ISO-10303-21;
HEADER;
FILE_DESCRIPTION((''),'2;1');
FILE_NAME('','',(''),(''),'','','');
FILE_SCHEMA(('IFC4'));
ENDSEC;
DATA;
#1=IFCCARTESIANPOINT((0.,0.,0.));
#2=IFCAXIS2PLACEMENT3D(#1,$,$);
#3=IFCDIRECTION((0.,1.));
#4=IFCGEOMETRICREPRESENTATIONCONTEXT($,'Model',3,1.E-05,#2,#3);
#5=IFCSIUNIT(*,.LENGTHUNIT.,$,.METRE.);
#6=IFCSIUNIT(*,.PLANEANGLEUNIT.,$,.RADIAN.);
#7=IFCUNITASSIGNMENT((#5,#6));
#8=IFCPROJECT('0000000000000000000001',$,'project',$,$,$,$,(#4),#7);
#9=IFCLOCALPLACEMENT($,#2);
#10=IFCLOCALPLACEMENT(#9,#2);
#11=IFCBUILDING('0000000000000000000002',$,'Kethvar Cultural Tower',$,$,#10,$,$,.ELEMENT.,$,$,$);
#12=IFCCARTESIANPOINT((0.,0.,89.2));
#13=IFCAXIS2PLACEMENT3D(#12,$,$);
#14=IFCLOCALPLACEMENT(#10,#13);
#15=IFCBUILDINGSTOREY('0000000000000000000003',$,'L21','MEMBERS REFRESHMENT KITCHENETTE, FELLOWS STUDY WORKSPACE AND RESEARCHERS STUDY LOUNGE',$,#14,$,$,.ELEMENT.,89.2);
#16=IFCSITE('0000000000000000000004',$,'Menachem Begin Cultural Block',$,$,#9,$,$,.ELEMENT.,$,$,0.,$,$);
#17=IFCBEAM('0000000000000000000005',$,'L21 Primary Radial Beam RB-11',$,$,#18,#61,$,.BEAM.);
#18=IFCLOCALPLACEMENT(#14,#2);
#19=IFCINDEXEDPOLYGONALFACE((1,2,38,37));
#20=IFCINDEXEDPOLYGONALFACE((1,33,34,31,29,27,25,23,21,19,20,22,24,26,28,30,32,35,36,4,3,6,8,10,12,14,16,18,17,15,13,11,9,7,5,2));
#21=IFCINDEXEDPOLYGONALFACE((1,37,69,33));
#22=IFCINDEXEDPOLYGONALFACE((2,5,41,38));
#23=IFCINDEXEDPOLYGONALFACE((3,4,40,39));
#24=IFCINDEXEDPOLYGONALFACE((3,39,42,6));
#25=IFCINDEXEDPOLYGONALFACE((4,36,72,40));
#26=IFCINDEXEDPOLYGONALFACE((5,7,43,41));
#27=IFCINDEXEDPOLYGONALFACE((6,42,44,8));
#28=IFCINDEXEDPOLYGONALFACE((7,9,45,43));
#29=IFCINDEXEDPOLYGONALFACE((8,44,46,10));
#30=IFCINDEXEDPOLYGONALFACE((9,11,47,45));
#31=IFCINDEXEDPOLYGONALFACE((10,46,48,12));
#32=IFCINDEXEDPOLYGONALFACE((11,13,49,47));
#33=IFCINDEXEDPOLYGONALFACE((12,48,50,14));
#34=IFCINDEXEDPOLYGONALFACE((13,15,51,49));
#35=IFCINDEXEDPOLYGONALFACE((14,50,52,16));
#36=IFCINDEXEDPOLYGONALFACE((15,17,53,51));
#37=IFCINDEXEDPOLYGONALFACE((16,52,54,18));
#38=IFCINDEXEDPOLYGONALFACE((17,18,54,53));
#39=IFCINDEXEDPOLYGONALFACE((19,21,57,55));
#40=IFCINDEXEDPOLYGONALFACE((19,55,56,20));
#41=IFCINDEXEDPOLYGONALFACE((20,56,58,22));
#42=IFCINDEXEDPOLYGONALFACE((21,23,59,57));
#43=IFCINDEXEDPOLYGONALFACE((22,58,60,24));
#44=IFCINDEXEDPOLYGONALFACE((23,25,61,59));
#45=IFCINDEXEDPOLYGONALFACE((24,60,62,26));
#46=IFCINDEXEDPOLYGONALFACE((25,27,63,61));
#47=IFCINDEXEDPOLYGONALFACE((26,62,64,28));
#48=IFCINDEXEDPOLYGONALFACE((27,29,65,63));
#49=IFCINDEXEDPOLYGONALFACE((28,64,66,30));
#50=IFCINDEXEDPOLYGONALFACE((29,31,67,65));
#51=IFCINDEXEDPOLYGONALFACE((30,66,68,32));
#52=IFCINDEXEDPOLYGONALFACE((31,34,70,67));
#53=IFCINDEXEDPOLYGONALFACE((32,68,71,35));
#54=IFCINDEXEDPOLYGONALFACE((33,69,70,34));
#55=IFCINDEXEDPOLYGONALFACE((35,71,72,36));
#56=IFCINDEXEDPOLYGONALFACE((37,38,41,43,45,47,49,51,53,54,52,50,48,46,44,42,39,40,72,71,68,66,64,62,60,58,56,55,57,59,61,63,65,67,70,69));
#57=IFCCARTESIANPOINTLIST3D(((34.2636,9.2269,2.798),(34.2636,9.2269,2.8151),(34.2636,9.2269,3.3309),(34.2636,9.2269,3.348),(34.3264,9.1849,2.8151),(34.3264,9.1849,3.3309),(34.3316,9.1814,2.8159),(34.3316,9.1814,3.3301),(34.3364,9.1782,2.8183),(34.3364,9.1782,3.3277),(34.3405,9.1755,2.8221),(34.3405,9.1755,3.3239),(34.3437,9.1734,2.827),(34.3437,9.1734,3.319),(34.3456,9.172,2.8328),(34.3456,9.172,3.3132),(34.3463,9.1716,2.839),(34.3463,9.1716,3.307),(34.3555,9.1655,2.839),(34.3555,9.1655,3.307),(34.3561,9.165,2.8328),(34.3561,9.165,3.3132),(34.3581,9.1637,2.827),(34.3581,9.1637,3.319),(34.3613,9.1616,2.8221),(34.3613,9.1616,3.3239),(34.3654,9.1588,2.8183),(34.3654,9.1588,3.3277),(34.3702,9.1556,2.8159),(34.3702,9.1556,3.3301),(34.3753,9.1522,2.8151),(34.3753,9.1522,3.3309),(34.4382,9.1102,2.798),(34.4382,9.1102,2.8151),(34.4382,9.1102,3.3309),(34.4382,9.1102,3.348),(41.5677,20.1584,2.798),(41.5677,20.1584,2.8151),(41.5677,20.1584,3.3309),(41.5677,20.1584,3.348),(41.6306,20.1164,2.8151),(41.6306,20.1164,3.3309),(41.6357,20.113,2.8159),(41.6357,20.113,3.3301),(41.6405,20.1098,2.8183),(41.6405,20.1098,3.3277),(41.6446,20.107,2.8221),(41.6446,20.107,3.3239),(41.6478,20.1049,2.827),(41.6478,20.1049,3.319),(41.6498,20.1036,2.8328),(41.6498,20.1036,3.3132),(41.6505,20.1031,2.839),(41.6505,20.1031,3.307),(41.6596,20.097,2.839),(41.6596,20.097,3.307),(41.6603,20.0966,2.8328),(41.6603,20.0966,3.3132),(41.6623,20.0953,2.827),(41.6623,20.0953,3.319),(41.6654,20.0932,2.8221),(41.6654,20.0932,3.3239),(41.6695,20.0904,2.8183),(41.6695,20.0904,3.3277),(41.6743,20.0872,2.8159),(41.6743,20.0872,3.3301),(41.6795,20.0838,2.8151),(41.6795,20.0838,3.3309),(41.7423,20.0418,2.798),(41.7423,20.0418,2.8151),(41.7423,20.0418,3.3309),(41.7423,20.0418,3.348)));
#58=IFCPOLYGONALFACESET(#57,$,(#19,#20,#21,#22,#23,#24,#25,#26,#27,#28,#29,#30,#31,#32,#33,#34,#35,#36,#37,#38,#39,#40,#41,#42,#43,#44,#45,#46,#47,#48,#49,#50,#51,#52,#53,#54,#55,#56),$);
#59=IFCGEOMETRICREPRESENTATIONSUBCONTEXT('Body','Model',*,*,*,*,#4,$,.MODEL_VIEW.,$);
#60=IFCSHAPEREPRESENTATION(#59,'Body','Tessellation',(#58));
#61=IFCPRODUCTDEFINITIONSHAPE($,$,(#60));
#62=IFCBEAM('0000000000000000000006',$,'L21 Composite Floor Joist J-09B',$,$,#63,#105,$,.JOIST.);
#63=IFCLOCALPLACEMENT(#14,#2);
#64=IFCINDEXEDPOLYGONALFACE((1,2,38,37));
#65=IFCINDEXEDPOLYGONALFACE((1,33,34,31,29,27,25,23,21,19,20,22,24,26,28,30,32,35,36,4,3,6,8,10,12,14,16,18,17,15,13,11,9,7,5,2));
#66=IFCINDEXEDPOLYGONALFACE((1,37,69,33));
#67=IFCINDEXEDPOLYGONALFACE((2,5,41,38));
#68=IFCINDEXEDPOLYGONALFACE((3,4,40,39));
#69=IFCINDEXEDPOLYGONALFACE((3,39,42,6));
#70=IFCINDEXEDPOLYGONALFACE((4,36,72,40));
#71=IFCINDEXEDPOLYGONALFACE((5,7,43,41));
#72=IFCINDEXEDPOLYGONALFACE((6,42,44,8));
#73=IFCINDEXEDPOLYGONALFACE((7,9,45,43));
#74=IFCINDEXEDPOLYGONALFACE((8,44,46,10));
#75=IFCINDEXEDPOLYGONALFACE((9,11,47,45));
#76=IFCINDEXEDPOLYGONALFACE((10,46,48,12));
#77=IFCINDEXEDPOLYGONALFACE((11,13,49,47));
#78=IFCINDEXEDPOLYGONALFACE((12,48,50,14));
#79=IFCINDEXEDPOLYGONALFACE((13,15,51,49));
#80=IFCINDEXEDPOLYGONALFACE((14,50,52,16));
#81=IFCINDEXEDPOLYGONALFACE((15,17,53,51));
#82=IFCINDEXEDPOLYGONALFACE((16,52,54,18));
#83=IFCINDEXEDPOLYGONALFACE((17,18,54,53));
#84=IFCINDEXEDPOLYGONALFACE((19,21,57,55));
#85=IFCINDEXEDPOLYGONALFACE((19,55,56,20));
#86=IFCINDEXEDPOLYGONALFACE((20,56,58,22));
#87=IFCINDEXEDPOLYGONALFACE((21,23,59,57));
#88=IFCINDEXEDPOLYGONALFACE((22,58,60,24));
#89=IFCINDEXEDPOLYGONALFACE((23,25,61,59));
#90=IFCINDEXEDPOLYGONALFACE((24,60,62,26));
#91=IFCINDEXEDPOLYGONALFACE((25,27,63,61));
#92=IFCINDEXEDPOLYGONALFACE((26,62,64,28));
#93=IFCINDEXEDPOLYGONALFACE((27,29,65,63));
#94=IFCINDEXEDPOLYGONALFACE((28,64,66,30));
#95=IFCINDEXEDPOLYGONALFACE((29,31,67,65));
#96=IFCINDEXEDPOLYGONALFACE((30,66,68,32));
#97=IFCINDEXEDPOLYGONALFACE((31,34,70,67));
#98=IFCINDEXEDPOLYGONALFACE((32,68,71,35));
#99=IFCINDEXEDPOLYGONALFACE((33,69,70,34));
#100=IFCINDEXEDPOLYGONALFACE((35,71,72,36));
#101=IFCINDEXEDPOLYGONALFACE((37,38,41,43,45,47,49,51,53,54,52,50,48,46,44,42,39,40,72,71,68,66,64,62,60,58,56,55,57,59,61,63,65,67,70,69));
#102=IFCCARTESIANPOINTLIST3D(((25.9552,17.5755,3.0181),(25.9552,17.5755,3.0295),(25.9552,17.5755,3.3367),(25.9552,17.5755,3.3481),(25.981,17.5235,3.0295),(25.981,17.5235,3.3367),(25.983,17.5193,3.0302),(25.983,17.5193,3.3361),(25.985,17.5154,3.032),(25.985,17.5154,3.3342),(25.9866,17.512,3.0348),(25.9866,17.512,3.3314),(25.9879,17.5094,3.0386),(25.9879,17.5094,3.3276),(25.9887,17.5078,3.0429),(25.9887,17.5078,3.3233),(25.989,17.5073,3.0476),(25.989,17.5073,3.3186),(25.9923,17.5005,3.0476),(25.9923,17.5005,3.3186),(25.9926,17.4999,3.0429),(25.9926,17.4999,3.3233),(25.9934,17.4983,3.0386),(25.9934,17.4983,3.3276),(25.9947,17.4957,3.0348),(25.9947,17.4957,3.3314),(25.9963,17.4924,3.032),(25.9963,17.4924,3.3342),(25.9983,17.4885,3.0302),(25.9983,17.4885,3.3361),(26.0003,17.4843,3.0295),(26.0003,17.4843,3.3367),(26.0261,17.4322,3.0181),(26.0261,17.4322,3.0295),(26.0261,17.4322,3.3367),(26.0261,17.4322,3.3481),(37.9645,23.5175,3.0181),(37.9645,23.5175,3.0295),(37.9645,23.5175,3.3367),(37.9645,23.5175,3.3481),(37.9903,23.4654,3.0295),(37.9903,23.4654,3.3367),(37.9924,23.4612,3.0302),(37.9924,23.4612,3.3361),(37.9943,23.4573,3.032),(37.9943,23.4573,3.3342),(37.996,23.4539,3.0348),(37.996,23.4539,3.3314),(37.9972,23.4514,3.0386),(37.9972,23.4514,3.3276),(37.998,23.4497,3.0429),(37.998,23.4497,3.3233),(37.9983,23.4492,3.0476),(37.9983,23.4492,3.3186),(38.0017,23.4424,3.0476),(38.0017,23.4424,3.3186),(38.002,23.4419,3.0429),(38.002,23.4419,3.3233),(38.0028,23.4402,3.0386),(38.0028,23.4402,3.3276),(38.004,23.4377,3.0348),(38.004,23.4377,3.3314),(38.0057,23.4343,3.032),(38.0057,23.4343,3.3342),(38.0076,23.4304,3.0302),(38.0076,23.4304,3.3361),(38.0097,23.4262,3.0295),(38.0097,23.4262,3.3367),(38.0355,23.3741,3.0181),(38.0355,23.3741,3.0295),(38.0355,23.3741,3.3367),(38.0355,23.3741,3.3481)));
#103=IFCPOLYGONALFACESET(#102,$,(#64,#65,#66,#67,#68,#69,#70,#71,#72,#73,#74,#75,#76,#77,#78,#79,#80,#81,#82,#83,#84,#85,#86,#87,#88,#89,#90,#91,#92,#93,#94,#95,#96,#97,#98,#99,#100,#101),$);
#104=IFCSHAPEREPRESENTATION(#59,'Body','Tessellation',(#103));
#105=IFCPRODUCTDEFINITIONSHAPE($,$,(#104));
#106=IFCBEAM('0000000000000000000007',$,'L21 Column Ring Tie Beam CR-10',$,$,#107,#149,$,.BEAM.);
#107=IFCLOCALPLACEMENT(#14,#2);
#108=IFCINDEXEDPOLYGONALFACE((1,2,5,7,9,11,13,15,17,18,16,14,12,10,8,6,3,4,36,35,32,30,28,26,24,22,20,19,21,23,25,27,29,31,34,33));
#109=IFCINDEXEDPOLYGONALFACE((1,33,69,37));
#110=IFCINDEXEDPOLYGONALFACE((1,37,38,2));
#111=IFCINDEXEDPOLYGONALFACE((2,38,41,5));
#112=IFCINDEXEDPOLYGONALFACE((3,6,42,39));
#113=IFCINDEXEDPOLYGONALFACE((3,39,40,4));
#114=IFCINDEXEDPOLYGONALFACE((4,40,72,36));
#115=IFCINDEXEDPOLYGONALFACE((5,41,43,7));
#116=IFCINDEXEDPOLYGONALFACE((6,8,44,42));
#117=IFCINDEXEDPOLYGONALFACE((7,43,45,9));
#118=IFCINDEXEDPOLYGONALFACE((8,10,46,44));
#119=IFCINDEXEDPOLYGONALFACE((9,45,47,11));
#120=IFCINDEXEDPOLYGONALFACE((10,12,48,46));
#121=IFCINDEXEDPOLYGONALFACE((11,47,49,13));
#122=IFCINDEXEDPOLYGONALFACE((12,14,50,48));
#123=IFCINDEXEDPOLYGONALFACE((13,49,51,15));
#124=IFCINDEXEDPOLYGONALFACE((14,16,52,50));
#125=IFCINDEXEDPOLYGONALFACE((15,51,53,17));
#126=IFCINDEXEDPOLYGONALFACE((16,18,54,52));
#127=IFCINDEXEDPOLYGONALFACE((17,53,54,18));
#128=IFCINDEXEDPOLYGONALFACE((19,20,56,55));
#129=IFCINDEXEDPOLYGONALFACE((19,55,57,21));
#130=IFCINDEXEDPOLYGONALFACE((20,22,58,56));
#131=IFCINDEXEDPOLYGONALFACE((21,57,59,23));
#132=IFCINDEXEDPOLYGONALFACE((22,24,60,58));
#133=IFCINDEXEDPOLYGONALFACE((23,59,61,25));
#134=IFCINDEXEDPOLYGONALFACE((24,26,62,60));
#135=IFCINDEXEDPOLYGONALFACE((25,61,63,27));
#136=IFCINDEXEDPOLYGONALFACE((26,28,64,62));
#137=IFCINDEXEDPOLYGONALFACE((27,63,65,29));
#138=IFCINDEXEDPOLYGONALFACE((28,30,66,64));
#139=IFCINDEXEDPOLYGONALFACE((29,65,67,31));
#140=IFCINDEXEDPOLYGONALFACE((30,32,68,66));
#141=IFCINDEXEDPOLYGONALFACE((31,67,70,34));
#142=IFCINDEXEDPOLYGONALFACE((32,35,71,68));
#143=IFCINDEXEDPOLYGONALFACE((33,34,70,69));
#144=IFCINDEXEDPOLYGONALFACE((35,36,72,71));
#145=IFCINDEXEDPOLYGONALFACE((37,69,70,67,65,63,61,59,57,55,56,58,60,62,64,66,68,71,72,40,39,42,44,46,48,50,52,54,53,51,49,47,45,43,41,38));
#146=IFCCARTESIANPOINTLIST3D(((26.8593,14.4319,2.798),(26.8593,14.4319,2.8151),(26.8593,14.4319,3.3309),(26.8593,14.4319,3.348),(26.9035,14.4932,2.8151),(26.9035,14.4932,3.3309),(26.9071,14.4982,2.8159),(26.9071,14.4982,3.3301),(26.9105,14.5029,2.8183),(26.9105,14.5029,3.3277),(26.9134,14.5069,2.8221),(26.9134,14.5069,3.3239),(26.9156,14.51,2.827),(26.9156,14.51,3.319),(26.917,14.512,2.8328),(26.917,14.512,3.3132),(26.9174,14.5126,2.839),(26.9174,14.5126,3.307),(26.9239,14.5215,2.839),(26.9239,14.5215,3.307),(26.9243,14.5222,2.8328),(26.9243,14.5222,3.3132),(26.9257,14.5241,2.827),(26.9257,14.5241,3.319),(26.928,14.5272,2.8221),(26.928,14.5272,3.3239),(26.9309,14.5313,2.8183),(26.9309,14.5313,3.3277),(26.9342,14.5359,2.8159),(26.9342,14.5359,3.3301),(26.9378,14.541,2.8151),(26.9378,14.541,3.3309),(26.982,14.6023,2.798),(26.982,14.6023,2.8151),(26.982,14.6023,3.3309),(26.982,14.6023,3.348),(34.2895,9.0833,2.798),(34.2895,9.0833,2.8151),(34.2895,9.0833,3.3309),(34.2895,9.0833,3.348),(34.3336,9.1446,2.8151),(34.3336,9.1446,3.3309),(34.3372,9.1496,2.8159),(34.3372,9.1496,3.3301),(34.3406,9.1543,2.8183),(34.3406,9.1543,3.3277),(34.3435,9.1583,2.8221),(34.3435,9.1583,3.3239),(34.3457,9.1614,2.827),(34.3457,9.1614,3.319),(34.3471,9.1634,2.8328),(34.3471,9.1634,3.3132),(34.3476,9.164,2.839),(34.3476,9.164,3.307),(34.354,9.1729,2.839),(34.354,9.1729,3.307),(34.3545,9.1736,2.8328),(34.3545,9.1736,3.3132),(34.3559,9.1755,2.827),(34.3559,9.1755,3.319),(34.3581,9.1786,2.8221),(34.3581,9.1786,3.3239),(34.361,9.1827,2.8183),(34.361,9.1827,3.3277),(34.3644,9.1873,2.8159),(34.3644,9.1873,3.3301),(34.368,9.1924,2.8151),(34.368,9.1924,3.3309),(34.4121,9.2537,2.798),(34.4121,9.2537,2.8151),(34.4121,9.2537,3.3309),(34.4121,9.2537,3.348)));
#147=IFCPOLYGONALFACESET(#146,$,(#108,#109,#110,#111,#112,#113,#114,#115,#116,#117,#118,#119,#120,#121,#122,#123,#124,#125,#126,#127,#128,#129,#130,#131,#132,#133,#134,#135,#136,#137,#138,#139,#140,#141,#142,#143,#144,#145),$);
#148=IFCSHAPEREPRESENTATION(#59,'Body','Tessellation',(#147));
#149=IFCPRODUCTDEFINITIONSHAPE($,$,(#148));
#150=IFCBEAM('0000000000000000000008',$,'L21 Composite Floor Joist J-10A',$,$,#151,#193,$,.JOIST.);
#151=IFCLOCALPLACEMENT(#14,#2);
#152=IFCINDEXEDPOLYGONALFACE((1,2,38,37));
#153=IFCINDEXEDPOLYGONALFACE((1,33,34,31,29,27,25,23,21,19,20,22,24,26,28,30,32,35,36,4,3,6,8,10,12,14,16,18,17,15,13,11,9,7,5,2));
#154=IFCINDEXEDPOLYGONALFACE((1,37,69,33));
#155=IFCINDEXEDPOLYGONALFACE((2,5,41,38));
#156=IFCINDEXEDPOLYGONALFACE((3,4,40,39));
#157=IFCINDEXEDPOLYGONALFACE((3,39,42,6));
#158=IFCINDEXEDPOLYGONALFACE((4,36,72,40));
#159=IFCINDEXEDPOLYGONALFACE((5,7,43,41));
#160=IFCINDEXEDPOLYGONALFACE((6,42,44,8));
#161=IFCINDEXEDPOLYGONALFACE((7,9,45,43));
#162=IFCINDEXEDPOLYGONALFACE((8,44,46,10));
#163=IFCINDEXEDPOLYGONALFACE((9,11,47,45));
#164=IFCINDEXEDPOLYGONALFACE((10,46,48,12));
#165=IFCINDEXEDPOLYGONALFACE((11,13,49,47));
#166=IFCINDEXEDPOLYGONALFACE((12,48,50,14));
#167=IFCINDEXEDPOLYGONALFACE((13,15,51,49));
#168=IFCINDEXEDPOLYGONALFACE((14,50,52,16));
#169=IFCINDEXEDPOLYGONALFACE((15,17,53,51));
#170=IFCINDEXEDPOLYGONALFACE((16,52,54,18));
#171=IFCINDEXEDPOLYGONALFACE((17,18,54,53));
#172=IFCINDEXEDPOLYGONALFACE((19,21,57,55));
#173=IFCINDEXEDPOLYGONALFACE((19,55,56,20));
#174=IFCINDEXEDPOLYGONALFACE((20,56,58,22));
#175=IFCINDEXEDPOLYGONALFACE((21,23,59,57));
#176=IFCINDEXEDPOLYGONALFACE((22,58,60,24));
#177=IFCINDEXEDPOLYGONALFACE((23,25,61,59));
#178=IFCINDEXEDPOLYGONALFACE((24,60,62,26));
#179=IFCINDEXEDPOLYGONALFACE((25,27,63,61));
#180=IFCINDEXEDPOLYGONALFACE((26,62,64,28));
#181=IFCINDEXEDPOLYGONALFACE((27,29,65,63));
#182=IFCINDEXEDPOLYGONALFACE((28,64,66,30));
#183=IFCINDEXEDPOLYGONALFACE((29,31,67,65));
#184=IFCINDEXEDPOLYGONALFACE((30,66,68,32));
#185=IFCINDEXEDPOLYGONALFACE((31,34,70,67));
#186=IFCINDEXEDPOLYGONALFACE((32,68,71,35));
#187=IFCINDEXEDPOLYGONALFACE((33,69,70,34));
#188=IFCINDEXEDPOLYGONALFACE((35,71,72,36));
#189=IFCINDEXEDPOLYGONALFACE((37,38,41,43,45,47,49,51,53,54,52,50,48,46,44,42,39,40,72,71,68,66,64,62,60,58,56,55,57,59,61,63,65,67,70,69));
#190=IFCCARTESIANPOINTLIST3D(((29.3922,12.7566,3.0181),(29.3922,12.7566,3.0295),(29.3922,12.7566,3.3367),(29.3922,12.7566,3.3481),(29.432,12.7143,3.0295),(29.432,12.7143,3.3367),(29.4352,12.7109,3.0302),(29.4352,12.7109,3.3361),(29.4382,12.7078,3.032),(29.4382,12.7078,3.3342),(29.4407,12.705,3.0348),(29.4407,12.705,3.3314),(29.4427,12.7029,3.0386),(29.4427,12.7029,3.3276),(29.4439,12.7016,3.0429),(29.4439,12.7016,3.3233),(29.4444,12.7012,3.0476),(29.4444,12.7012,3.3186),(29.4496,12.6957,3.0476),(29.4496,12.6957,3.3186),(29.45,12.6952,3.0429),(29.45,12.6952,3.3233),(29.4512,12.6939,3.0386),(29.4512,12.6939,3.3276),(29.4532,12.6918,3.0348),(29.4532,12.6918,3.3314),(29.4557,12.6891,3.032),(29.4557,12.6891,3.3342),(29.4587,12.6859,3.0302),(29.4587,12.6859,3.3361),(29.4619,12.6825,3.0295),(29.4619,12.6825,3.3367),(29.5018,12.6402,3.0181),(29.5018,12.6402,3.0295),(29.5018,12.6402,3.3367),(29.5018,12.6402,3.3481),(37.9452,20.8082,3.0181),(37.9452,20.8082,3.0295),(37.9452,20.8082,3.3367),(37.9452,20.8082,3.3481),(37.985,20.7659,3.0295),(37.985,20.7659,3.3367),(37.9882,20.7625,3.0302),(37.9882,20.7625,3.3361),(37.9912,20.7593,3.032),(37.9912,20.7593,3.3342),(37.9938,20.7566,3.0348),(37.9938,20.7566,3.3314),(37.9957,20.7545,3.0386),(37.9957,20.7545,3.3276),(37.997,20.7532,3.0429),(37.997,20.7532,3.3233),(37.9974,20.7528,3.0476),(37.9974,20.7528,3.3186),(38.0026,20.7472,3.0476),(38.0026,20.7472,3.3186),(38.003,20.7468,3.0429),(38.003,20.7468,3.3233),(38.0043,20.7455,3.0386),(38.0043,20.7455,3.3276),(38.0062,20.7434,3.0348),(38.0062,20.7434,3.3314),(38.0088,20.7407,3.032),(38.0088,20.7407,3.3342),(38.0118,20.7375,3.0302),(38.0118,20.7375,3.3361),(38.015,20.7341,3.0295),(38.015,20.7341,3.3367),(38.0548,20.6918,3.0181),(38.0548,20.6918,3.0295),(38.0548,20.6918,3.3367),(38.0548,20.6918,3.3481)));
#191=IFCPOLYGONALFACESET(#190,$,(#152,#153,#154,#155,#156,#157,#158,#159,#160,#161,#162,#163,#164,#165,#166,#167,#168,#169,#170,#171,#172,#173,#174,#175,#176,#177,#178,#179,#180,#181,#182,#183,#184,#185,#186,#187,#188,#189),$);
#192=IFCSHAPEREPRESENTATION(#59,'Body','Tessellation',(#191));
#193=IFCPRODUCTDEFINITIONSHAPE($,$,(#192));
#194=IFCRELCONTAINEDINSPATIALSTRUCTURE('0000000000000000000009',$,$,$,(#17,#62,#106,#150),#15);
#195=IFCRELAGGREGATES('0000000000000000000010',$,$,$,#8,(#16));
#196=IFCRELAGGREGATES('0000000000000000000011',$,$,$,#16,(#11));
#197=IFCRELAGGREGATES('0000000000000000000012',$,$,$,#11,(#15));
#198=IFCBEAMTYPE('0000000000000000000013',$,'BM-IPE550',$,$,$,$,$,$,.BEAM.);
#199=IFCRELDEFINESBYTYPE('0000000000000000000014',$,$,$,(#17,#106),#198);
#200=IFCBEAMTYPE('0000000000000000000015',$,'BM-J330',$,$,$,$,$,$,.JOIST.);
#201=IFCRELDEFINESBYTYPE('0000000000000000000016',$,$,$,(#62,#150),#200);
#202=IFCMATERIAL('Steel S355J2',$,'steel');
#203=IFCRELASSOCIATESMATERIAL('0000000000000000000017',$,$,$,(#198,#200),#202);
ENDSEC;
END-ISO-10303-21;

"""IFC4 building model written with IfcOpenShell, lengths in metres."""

from ifc_helpers import new_model, si_unit, direction, frame, origin, origin_2d, place, context, subcontext, project, spatial, i_section, extrude, source, transform, mapped, material, material_profile, profile_set, type_object, element, save


model = new_model("IFC4")

# Units and contexts
model_context = context("Model", 3, precision=1e-05, world=origin(), true_north=direction((0.0, 1.0)))
body_context = subcontext(model_context, "Body", "Model", "MODEL_VIEW")
ifc_project = project(units=[si_unit("LENGTHUNIT", "METRE"), si_unit("PLANEANGLEUNIT", "RADIAN")], contexts=[model_context])

# Site, building, storey
site_placement = place(None, origin())
site = spatial("IfcSite", under=ifc_project, at=site_placement, Name="Menachem Begin Cultural Block", CompositionType="ELEMENT", RefElevation=0.0)
building_placement = place(site_placement, origin())
building = spatial("IfcBuilding", under=site, at=building_placement, Name="Kethvar Cultural Tower", CompositionType="ELEMENT")
storey_placement = place(building_placement, frame((0.0, 0.0, 89.2)))
storey = spatial("IfcBuildingStorey", under=building, at=storey_placement, Name="L21", Description="MEMBERS REFRESHMENT KITCHENETTE, FELLOWS STUDY WORKSPACE AND RESEARCHERS STUDY LOUNGE", CompositionType="ELEMENT", Elevation=89.2)

# Beams
ifc_material_1 = material(Name="Steel S355J2", Category="steel")
ifc_material_profile_1 = material_profile(ifc_material_1, i_section(OverallWidth=0.21, OverallDepth=0.55, WebThickness=0.011, FlangeThickness=0.0171, FilletRadius=0.0239, at=origin_2d()), Name="Steel S355J2 — IPE550")
ifc_profile_set_1 = profile_set([ifc_material_profile_1], Name="Steel S355J2 — IPE550")
beam_type_1 = type_object("IfcBeamType", Name="BM-IPE550", PredefinedType="BEAM", material=ifc_profile_set_1)
shared_shape_1 = source(origin(), body_context, "Body", "SweptSolid", [
    extrude(i_section(OverallWidth=0.21, OverallDepth=0.55, WebThickness=0.011, FlangeThickness=0.0171, FilletRadius=0.0239, at=origin_2d()), origin(), (0.0, 0.0, 1.0), 13.1472),
])
beam_1_placement = place(storey_placement, frame((41.655, 20.1001, 3.073), z_axis=(-0.555566, -0.831473, 0.0), x_axis=(0.831473, -0.555566, 0.0)))
element("IfcBeam", 1, at=beam_1_placement, inside=storey, type_object=beam_type_1, Name="L21 Primary Radial Beam RB-11", PredefinedType="BEAM", context=body_context, shape_type="MappedRepresentation", body=[
    mapped(shared_shape_1, transform((0.0, 0.0, 0.0), scale=1.0)),
])
ifc_material_profile_2 = material_profile(ifc_material_1, i_section(OverallWidth=0.1599, OverallDepth=0.3301, WebThickness=0.0076, FlangeThickness=0.0115, FilletRadius=0.0181, at=origin_2d()), Name="Steel S355J2 — IPE330")
ifc_profile_set_2 = profile_set([ifc_material_profile_2], Name="Steel S355J2 — IPE330")
beam_type_2 = type_object("IfcBeamType", Name="BM-J330", PredefinedType="JOIST", material=ifc_profile_set_2)
shared_shape_2 = source(origin(), body_context, "Body", "SweptSolid", [
    extrude(i_section(OverallWidth=0.1599, OverallDepth=0.3301, WebThickness=0.0076, FlangeThickness=0.0115, FilletRadius=0.0181, at=origin_2d()), origin(), (0.0, 0.0, 1.0), 13.3989),
])
beam_2_placement = place(storey_placement, frame((38.0, 23.4458, 3.1831), z_axis=(-0.896292, -0.443463, 0.0), x_axis=(0.443463, -0.896292, 0.0)))
element("IfcBeam", 2, at=beam_2_placement, inside=storey, type_object=beam_type_2, Name="L21 Composite Floor Joist J-09B", PredefinedType="JOIST", context=body_context, shape_type="MappedRepresentation", body=[
    mapped(shared_shape_2, transform((0.0, 0.0, 0.0), scale=1.0)),
])
shared_shape_3 = source(origin(), body_context, "Body", "SweptSolid", [
    extrude(i_section(OverallWidth=0.21, OverallDepth=0.55, WebThickness=0.011, FlangeThickness=0.0171, FilletRadius=0.0239, at=origin_2d()), origin(), (0.0, 0.0, 1.0), 9.155),
])
beam_3_placement = place(storey_placement, frame((26.9207, 14.5171, 3.073), z_axis=(0.811591, -0.584226, 0.0), x_axis=(0.584226, 0.811591, 0.0)))
element("IfcBeam", 3, at=beam_3_placement, inside=storey, type_object=beam_type_1, Name="L21 Column Ring Tie Beam CR-10", PredefinedType="BEAM", context=body_context, shape_type="MappedRepresentation", body=[
    mapped(shared_shape_3, transform((0.0, 0.0, 0.0), scale=1.0)),
])
shared_shape_4 = source(origin(), body_context, "Body", "SweptSolid", [
    extrude(i_section(OverallWidth=0.1599, OverallDepth=0.3301, WebThickness=0.0076, FlangeThickness=0.0115, FilletRadius=0.0181, at=origin_2d()), origin(), (0.0, 0.0, 1.0), 11.7466),
])
beam_4_placement = place(storey_placement, frame((38.0, 20.75, 3.1831), z_axis=(-0.72813, -0.685439, 0.0), x_axis=(0.685439, -0.72813, 0.0)))
element("IfcBeam", 4, at=beam_4_placement, inside=storey, type_object=beam_type_2, Name="L21 Composite Floor Joist J-10A", PredefinedType="JOIST", context=body_context, shape_type="MappedRepresentation", body=[
    mapped(shared_shape_4, transform((0.0, 0.0, 0.0), scale=1.0)),
])

save(model, "model.ifc")
